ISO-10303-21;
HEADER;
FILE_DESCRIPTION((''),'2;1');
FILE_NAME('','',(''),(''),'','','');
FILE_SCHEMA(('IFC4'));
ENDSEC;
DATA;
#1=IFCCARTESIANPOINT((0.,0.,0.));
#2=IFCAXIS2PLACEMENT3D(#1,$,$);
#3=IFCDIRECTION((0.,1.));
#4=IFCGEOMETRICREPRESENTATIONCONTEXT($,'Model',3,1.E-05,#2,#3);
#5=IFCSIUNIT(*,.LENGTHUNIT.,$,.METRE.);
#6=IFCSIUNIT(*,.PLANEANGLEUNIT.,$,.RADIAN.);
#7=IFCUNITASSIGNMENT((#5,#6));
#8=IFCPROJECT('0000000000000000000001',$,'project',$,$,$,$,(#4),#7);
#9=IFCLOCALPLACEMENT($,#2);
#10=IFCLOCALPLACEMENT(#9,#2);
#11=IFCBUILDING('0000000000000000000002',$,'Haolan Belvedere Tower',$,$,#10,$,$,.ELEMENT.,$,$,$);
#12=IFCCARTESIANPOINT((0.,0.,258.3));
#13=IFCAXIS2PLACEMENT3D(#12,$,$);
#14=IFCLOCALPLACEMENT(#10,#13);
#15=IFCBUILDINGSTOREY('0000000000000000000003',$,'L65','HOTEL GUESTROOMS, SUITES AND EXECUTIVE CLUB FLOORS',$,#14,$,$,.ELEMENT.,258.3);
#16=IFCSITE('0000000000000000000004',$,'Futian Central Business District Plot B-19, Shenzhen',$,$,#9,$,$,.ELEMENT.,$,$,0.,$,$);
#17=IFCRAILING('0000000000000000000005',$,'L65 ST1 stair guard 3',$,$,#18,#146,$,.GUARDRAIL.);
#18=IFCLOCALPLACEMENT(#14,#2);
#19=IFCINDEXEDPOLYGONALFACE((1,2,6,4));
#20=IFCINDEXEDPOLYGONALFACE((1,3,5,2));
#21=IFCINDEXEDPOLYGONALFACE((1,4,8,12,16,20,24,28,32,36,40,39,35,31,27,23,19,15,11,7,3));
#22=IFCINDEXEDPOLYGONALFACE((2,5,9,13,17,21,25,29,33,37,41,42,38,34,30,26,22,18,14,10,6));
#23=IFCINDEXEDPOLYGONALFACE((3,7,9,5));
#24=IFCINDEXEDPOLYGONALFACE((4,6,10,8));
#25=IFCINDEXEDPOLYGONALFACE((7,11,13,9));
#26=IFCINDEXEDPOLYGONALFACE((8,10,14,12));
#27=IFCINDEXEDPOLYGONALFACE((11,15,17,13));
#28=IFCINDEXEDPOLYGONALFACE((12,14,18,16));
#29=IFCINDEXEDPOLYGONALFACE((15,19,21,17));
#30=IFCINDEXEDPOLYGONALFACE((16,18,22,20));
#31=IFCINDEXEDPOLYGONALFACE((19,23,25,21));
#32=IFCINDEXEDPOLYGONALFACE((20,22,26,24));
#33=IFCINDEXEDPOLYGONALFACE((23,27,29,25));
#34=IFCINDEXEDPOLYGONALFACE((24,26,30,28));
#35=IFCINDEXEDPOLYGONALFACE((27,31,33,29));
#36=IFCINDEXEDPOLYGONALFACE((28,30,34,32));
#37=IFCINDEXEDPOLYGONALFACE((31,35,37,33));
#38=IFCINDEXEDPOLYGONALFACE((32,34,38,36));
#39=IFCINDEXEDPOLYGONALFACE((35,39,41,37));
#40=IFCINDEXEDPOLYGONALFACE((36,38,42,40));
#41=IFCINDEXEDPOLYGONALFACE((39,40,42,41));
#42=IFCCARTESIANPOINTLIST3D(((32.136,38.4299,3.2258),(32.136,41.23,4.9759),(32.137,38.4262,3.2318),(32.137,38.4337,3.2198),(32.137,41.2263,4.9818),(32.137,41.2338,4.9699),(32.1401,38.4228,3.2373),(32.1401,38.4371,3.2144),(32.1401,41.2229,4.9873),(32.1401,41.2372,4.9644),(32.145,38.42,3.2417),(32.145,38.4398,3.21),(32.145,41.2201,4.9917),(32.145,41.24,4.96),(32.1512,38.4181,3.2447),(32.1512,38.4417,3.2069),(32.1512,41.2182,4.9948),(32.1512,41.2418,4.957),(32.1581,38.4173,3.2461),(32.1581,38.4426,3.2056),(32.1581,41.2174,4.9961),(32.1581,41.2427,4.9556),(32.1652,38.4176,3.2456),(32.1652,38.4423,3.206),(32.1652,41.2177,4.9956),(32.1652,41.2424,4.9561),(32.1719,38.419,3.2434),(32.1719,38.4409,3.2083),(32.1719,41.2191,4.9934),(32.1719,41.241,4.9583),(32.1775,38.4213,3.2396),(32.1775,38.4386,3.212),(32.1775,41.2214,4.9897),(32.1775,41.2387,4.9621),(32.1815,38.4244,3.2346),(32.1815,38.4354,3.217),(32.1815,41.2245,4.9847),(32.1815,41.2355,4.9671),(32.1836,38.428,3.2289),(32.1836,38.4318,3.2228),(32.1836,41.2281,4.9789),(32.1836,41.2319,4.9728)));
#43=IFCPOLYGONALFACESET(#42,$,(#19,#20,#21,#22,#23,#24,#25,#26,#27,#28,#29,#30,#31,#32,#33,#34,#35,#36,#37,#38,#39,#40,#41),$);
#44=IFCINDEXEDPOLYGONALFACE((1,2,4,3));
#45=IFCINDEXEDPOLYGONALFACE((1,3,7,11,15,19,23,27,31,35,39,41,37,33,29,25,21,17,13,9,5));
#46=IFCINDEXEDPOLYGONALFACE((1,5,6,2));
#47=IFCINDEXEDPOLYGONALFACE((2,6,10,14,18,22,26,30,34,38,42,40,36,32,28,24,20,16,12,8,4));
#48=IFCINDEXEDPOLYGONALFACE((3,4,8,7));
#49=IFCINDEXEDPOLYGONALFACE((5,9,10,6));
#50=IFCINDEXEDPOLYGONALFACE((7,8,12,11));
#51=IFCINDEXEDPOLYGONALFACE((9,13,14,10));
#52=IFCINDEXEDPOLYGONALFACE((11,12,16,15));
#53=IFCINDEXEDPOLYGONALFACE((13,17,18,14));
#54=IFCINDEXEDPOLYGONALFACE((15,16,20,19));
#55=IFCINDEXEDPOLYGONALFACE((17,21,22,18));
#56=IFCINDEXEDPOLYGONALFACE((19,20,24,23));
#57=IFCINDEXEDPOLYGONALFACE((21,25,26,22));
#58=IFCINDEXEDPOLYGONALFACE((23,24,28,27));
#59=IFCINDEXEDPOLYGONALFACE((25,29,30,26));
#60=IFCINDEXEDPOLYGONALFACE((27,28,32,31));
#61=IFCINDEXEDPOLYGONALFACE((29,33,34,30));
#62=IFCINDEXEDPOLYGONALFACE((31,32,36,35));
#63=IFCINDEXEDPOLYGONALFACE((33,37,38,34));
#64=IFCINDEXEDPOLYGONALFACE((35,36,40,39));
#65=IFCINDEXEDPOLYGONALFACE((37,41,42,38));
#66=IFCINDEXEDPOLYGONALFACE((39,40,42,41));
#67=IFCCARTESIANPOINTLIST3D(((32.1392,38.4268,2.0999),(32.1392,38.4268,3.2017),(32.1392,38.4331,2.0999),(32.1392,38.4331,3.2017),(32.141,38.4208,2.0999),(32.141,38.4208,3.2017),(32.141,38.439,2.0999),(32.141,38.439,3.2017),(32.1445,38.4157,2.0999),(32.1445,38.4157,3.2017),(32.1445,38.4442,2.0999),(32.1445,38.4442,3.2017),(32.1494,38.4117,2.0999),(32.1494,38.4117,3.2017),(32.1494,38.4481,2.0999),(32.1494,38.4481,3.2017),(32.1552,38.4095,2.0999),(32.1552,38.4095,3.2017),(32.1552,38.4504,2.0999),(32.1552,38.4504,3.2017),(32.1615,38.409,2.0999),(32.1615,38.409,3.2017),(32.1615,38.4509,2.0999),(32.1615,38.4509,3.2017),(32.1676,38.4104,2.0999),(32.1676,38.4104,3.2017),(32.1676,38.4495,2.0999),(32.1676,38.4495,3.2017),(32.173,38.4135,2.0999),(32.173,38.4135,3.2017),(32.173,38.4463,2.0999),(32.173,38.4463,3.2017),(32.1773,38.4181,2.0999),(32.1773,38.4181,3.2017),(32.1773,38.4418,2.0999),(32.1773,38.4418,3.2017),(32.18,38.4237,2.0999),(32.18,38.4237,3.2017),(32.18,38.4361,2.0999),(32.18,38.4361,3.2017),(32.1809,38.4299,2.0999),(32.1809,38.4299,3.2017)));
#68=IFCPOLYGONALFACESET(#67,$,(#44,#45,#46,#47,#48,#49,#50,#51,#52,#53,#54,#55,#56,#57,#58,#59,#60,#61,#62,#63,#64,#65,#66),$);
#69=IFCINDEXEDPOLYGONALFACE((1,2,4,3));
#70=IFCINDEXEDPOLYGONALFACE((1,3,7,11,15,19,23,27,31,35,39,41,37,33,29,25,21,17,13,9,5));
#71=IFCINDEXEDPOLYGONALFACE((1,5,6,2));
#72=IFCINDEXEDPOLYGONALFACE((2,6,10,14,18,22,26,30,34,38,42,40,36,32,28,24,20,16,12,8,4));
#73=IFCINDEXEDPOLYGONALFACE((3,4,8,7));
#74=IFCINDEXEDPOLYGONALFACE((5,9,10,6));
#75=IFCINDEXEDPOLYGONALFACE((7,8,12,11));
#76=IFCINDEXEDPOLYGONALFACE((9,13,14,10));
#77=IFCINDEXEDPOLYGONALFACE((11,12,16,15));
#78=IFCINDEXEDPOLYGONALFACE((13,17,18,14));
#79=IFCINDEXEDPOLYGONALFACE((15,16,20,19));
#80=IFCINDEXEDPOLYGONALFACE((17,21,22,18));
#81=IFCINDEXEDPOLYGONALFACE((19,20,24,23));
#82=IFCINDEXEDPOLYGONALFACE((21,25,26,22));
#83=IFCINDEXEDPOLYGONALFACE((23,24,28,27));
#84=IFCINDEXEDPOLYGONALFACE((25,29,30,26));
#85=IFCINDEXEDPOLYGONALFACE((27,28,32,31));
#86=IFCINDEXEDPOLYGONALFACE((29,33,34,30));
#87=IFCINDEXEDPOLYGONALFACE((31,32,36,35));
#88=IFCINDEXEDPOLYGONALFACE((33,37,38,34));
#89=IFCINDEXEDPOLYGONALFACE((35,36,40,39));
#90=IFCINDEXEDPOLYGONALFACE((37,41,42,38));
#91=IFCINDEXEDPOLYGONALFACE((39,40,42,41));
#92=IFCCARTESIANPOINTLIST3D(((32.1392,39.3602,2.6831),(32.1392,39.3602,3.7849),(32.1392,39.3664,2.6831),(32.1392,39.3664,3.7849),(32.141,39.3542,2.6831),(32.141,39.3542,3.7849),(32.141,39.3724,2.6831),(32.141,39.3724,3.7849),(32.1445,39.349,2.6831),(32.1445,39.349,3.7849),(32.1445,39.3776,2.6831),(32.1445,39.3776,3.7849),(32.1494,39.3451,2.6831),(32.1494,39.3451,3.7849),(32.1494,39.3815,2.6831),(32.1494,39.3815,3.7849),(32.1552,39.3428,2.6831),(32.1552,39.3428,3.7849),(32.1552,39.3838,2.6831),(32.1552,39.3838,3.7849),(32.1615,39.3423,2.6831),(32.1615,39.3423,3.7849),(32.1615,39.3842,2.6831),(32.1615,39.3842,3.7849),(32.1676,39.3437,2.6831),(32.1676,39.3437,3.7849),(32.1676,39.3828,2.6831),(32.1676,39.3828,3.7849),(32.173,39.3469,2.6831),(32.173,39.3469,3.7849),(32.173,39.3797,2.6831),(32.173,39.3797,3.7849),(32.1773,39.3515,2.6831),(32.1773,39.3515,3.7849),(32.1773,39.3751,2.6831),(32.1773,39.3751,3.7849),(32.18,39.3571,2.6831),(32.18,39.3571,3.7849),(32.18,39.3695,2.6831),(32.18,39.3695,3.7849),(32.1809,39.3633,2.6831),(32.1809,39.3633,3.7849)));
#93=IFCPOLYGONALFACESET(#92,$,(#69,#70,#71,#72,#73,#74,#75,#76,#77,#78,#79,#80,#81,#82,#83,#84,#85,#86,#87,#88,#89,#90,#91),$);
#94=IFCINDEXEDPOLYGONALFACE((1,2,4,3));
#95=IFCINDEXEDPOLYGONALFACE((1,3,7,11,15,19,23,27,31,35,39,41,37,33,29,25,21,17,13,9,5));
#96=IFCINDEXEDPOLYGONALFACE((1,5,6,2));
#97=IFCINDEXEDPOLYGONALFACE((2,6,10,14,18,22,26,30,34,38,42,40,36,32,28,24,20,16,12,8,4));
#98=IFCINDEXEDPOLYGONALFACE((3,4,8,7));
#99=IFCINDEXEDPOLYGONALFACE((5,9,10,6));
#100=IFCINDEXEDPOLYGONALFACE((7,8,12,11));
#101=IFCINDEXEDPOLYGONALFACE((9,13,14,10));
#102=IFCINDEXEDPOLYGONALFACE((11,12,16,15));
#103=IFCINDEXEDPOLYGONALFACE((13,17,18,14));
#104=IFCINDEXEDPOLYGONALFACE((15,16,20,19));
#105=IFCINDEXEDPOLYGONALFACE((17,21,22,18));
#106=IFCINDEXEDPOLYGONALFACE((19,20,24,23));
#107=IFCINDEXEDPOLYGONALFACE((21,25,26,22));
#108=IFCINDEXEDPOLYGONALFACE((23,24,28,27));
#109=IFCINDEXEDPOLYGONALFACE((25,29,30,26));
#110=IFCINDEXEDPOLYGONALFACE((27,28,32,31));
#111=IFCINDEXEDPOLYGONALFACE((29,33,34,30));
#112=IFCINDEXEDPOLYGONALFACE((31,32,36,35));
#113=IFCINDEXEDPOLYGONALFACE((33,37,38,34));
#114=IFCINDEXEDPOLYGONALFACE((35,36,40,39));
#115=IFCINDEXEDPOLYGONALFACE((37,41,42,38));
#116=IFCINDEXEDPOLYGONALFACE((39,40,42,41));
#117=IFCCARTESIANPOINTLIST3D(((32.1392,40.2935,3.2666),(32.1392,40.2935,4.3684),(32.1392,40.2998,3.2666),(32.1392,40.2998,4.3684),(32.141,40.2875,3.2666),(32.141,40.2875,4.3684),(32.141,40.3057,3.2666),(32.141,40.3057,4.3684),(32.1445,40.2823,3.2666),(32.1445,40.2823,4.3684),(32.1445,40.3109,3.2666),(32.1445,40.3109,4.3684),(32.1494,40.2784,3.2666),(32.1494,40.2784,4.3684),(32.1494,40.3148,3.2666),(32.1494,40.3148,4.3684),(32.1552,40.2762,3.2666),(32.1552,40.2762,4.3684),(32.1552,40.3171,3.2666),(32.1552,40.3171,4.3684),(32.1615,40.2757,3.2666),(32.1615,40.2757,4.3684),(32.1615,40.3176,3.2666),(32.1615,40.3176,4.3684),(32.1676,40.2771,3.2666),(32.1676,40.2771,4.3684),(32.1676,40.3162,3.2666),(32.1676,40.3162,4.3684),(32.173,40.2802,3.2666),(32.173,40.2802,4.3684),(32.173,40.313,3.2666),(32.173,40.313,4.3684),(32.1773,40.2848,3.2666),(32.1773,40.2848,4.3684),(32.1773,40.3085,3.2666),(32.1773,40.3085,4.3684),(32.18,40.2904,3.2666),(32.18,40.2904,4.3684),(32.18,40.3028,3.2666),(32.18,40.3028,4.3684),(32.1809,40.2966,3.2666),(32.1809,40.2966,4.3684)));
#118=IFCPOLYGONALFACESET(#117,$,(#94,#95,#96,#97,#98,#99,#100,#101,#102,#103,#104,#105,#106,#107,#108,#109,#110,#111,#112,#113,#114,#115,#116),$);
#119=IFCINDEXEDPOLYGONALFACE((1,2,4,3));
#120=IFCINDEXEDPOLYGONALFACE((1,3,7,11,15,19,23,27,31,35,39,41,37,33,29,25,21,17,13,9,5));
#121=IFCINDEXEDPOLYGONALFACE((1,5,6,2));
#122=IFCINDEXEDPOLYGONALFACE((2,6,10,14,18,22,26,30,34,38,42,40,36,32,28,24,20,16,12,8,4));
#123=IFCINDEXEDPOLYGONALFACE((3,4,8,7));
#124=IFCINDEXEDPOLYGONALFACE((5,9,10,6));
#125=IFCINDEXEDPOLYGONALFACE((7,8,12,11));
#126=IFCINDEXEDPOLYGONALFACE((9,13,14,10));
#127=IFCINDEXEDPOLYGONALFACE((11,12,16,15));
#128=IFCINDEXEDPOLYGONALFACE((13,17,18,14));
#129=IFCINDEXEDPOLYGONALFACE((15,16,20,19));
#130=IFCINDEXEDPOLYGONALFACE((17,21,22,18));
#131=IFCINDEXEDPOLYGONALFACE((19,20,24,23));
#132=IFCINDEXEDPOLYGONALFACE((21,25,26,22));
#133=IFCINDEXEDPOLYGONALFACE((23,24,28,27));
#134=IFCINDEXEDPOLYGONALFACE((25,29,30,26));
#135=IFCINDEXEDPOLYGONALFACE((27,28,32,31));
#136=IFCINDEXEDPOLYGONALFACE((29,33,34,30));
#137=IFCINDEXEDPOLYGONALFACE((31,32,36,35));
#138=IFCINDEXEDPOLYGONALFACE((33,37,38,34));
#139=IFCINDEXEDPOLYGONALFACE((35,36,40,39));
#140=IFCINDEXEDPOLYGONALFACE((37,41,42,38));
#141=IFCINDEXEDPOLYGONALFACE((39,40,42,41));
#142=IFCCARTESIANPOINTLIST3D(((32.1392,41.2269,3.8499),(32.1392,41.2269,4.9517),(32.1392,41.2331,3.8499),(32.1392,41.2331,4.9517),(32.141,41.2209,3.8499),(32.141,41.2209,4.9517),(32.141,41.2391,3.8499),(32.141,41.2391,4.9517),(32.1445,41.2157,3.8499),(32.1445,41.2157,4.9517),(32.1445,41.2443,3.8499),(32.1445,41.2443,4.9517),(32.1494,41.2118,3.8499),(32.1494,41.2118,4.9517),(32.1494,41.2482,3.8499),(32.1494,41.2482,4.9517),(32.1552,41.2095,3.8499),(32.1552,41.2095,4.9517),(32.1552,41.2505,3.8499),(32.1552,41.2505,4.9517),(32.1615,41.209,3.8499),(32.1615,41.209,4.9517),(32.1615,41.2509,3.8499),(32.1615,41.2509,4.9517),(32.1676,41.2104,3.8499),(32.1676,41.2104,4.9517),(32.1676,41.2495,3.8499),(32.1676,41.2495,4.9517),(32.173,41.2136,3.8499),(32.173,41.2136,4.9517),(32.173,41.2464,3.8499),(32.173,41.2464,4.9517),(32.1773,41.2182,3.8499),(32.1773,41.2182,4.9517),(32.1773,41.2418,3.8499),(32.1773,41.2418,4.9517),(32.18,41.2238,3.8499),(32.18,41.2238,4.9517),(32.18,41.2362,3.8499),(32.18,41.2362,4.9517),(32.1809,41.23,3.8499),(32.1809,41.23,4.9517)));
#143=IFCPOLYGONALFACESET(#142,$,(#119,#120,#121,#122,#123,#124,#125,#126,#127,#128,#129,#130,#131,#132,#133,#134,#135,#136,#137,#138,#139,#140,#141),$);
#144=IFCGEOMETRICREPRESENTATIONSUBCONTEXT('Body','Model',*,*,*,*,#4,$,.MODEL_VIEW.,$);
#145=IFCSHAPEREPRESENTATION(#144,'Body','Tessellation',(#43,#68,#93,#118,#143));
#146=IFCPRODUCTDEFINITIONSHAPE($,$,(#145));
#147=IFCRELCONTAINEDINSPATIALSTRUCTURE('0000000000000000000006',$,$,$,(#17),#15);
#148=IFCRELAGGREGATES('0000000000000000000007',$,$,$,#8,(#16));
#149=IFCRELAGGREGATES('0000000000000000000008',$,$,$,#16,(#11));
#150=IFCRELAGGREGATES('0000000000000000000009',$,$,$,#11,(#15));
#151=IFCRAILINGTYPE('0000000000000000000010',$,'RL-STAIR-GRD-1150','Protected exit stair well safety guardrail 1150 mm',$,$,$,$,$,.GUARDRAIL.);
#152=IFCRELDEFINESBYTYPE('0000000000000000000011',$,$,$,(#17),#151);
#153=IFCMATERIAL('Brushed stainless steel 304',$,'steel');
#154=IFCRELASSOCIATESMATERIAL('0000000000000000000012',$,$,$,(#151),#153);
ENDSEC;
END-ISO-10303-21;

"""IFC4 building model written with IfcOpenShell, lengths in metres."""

from ifc_helpers import new_model, si_unit, direction, frame, origin, origin_2d, place, context, subcontext, project, spatial, circle, extrude, material, type_object, element, save


model = new_model("IFC4")

# Units and contexts
model_context = context("Model", 3, precision=1e-05, world=origin(), true_north=direction((0.0, 1.0)))
body_context = subcontext(model_context, "Body", "Model", "MODEL_VIEW")
ifc_project = project(units=[si_unit("LENGTHUNIT", "METRE"), si_unit("PLANEANGLEUNIT", "RADIAN")], contexts=[model_context])

# Site, building, storey
site_placement = place(None, origin())
site = spatial("IfcSite", under=ifc_project, at=site_placement, Name="Futian Central Business District Plot B-19, Shenzhen", CompositionType="ELEMENT", RefElevation=0.0)
building_placement = place(site_placement, origin())
building = spatial("IfcBuilding", under=site, at=building_placement, Name="Haolan Belvedere Tower", CompositionType="ELEMENT")
storey_placement = place(building_placement, frame((0.0, 0.0, 258.3)))
storey = spatial("IfcBuildingStorey", under=building, at=storey_placement, Name="L65", Description="HOTEL GUESTROOMS, SUITES AND EXECUTIVE CLUB FLOORS", CompositionType="ELEMENT", Elevation=258.3)

# Railing
ifc_material_1 = material(Name="Brushed stainless steel 304", Category="steel")
railing_type_1 = type_object("IfcRailingType", Name="RL-STAIR-GRD-1150", Description="Protected exit stair well safety guardrail 1150 mm", PredefinedType="GUARDRAIL", material=ifc_material_1)
railing_1_placement = place(storey_placement, frame((32.1599, 38.4299, 2.0999)))
element("IfcRailing", 1, at=railing_1_placement, inside=storey, type_object=railing_type_1, Name="L65 ST1 stair guard 3", PredefinedType="GUARDRAIL", context=body_context, shape_type="SweptSolid", body=[
    extrude(circle(Radius=0.0239, at=origin_2d()), frame((0.0, 0.0, 1.126), z_axis=(0.0, 0.848002, 0.529992), x_axis=(-1.0, 0.0, 0.0)), (0.0, 0.0, 1.0), 3.302),
    extrude(circle(Radius=0.021, at=origin_2d()), origin(), (0.0, 0.0, 1.0), 1.1018),
    extrude(circle(Radius=0.021, at=origin_2d()), frame((0.0, 0.9333, 0.5833)), (0.0, 0.0, 1.0), 1.1018),
    extrude(circle(Radius=0.021, at=origin_2d()), frame((0.0, 1.8667, 1.1667)), (0.0, 0.0, 1.0), 1.1018),
    extrude(circle(Radius=0.021, at=origin_2d()), frame((0.0, 2.8, 1.75)), (0.0, 0.0, 1.0), 1.1018),
])

save(model, "model.ifc")
